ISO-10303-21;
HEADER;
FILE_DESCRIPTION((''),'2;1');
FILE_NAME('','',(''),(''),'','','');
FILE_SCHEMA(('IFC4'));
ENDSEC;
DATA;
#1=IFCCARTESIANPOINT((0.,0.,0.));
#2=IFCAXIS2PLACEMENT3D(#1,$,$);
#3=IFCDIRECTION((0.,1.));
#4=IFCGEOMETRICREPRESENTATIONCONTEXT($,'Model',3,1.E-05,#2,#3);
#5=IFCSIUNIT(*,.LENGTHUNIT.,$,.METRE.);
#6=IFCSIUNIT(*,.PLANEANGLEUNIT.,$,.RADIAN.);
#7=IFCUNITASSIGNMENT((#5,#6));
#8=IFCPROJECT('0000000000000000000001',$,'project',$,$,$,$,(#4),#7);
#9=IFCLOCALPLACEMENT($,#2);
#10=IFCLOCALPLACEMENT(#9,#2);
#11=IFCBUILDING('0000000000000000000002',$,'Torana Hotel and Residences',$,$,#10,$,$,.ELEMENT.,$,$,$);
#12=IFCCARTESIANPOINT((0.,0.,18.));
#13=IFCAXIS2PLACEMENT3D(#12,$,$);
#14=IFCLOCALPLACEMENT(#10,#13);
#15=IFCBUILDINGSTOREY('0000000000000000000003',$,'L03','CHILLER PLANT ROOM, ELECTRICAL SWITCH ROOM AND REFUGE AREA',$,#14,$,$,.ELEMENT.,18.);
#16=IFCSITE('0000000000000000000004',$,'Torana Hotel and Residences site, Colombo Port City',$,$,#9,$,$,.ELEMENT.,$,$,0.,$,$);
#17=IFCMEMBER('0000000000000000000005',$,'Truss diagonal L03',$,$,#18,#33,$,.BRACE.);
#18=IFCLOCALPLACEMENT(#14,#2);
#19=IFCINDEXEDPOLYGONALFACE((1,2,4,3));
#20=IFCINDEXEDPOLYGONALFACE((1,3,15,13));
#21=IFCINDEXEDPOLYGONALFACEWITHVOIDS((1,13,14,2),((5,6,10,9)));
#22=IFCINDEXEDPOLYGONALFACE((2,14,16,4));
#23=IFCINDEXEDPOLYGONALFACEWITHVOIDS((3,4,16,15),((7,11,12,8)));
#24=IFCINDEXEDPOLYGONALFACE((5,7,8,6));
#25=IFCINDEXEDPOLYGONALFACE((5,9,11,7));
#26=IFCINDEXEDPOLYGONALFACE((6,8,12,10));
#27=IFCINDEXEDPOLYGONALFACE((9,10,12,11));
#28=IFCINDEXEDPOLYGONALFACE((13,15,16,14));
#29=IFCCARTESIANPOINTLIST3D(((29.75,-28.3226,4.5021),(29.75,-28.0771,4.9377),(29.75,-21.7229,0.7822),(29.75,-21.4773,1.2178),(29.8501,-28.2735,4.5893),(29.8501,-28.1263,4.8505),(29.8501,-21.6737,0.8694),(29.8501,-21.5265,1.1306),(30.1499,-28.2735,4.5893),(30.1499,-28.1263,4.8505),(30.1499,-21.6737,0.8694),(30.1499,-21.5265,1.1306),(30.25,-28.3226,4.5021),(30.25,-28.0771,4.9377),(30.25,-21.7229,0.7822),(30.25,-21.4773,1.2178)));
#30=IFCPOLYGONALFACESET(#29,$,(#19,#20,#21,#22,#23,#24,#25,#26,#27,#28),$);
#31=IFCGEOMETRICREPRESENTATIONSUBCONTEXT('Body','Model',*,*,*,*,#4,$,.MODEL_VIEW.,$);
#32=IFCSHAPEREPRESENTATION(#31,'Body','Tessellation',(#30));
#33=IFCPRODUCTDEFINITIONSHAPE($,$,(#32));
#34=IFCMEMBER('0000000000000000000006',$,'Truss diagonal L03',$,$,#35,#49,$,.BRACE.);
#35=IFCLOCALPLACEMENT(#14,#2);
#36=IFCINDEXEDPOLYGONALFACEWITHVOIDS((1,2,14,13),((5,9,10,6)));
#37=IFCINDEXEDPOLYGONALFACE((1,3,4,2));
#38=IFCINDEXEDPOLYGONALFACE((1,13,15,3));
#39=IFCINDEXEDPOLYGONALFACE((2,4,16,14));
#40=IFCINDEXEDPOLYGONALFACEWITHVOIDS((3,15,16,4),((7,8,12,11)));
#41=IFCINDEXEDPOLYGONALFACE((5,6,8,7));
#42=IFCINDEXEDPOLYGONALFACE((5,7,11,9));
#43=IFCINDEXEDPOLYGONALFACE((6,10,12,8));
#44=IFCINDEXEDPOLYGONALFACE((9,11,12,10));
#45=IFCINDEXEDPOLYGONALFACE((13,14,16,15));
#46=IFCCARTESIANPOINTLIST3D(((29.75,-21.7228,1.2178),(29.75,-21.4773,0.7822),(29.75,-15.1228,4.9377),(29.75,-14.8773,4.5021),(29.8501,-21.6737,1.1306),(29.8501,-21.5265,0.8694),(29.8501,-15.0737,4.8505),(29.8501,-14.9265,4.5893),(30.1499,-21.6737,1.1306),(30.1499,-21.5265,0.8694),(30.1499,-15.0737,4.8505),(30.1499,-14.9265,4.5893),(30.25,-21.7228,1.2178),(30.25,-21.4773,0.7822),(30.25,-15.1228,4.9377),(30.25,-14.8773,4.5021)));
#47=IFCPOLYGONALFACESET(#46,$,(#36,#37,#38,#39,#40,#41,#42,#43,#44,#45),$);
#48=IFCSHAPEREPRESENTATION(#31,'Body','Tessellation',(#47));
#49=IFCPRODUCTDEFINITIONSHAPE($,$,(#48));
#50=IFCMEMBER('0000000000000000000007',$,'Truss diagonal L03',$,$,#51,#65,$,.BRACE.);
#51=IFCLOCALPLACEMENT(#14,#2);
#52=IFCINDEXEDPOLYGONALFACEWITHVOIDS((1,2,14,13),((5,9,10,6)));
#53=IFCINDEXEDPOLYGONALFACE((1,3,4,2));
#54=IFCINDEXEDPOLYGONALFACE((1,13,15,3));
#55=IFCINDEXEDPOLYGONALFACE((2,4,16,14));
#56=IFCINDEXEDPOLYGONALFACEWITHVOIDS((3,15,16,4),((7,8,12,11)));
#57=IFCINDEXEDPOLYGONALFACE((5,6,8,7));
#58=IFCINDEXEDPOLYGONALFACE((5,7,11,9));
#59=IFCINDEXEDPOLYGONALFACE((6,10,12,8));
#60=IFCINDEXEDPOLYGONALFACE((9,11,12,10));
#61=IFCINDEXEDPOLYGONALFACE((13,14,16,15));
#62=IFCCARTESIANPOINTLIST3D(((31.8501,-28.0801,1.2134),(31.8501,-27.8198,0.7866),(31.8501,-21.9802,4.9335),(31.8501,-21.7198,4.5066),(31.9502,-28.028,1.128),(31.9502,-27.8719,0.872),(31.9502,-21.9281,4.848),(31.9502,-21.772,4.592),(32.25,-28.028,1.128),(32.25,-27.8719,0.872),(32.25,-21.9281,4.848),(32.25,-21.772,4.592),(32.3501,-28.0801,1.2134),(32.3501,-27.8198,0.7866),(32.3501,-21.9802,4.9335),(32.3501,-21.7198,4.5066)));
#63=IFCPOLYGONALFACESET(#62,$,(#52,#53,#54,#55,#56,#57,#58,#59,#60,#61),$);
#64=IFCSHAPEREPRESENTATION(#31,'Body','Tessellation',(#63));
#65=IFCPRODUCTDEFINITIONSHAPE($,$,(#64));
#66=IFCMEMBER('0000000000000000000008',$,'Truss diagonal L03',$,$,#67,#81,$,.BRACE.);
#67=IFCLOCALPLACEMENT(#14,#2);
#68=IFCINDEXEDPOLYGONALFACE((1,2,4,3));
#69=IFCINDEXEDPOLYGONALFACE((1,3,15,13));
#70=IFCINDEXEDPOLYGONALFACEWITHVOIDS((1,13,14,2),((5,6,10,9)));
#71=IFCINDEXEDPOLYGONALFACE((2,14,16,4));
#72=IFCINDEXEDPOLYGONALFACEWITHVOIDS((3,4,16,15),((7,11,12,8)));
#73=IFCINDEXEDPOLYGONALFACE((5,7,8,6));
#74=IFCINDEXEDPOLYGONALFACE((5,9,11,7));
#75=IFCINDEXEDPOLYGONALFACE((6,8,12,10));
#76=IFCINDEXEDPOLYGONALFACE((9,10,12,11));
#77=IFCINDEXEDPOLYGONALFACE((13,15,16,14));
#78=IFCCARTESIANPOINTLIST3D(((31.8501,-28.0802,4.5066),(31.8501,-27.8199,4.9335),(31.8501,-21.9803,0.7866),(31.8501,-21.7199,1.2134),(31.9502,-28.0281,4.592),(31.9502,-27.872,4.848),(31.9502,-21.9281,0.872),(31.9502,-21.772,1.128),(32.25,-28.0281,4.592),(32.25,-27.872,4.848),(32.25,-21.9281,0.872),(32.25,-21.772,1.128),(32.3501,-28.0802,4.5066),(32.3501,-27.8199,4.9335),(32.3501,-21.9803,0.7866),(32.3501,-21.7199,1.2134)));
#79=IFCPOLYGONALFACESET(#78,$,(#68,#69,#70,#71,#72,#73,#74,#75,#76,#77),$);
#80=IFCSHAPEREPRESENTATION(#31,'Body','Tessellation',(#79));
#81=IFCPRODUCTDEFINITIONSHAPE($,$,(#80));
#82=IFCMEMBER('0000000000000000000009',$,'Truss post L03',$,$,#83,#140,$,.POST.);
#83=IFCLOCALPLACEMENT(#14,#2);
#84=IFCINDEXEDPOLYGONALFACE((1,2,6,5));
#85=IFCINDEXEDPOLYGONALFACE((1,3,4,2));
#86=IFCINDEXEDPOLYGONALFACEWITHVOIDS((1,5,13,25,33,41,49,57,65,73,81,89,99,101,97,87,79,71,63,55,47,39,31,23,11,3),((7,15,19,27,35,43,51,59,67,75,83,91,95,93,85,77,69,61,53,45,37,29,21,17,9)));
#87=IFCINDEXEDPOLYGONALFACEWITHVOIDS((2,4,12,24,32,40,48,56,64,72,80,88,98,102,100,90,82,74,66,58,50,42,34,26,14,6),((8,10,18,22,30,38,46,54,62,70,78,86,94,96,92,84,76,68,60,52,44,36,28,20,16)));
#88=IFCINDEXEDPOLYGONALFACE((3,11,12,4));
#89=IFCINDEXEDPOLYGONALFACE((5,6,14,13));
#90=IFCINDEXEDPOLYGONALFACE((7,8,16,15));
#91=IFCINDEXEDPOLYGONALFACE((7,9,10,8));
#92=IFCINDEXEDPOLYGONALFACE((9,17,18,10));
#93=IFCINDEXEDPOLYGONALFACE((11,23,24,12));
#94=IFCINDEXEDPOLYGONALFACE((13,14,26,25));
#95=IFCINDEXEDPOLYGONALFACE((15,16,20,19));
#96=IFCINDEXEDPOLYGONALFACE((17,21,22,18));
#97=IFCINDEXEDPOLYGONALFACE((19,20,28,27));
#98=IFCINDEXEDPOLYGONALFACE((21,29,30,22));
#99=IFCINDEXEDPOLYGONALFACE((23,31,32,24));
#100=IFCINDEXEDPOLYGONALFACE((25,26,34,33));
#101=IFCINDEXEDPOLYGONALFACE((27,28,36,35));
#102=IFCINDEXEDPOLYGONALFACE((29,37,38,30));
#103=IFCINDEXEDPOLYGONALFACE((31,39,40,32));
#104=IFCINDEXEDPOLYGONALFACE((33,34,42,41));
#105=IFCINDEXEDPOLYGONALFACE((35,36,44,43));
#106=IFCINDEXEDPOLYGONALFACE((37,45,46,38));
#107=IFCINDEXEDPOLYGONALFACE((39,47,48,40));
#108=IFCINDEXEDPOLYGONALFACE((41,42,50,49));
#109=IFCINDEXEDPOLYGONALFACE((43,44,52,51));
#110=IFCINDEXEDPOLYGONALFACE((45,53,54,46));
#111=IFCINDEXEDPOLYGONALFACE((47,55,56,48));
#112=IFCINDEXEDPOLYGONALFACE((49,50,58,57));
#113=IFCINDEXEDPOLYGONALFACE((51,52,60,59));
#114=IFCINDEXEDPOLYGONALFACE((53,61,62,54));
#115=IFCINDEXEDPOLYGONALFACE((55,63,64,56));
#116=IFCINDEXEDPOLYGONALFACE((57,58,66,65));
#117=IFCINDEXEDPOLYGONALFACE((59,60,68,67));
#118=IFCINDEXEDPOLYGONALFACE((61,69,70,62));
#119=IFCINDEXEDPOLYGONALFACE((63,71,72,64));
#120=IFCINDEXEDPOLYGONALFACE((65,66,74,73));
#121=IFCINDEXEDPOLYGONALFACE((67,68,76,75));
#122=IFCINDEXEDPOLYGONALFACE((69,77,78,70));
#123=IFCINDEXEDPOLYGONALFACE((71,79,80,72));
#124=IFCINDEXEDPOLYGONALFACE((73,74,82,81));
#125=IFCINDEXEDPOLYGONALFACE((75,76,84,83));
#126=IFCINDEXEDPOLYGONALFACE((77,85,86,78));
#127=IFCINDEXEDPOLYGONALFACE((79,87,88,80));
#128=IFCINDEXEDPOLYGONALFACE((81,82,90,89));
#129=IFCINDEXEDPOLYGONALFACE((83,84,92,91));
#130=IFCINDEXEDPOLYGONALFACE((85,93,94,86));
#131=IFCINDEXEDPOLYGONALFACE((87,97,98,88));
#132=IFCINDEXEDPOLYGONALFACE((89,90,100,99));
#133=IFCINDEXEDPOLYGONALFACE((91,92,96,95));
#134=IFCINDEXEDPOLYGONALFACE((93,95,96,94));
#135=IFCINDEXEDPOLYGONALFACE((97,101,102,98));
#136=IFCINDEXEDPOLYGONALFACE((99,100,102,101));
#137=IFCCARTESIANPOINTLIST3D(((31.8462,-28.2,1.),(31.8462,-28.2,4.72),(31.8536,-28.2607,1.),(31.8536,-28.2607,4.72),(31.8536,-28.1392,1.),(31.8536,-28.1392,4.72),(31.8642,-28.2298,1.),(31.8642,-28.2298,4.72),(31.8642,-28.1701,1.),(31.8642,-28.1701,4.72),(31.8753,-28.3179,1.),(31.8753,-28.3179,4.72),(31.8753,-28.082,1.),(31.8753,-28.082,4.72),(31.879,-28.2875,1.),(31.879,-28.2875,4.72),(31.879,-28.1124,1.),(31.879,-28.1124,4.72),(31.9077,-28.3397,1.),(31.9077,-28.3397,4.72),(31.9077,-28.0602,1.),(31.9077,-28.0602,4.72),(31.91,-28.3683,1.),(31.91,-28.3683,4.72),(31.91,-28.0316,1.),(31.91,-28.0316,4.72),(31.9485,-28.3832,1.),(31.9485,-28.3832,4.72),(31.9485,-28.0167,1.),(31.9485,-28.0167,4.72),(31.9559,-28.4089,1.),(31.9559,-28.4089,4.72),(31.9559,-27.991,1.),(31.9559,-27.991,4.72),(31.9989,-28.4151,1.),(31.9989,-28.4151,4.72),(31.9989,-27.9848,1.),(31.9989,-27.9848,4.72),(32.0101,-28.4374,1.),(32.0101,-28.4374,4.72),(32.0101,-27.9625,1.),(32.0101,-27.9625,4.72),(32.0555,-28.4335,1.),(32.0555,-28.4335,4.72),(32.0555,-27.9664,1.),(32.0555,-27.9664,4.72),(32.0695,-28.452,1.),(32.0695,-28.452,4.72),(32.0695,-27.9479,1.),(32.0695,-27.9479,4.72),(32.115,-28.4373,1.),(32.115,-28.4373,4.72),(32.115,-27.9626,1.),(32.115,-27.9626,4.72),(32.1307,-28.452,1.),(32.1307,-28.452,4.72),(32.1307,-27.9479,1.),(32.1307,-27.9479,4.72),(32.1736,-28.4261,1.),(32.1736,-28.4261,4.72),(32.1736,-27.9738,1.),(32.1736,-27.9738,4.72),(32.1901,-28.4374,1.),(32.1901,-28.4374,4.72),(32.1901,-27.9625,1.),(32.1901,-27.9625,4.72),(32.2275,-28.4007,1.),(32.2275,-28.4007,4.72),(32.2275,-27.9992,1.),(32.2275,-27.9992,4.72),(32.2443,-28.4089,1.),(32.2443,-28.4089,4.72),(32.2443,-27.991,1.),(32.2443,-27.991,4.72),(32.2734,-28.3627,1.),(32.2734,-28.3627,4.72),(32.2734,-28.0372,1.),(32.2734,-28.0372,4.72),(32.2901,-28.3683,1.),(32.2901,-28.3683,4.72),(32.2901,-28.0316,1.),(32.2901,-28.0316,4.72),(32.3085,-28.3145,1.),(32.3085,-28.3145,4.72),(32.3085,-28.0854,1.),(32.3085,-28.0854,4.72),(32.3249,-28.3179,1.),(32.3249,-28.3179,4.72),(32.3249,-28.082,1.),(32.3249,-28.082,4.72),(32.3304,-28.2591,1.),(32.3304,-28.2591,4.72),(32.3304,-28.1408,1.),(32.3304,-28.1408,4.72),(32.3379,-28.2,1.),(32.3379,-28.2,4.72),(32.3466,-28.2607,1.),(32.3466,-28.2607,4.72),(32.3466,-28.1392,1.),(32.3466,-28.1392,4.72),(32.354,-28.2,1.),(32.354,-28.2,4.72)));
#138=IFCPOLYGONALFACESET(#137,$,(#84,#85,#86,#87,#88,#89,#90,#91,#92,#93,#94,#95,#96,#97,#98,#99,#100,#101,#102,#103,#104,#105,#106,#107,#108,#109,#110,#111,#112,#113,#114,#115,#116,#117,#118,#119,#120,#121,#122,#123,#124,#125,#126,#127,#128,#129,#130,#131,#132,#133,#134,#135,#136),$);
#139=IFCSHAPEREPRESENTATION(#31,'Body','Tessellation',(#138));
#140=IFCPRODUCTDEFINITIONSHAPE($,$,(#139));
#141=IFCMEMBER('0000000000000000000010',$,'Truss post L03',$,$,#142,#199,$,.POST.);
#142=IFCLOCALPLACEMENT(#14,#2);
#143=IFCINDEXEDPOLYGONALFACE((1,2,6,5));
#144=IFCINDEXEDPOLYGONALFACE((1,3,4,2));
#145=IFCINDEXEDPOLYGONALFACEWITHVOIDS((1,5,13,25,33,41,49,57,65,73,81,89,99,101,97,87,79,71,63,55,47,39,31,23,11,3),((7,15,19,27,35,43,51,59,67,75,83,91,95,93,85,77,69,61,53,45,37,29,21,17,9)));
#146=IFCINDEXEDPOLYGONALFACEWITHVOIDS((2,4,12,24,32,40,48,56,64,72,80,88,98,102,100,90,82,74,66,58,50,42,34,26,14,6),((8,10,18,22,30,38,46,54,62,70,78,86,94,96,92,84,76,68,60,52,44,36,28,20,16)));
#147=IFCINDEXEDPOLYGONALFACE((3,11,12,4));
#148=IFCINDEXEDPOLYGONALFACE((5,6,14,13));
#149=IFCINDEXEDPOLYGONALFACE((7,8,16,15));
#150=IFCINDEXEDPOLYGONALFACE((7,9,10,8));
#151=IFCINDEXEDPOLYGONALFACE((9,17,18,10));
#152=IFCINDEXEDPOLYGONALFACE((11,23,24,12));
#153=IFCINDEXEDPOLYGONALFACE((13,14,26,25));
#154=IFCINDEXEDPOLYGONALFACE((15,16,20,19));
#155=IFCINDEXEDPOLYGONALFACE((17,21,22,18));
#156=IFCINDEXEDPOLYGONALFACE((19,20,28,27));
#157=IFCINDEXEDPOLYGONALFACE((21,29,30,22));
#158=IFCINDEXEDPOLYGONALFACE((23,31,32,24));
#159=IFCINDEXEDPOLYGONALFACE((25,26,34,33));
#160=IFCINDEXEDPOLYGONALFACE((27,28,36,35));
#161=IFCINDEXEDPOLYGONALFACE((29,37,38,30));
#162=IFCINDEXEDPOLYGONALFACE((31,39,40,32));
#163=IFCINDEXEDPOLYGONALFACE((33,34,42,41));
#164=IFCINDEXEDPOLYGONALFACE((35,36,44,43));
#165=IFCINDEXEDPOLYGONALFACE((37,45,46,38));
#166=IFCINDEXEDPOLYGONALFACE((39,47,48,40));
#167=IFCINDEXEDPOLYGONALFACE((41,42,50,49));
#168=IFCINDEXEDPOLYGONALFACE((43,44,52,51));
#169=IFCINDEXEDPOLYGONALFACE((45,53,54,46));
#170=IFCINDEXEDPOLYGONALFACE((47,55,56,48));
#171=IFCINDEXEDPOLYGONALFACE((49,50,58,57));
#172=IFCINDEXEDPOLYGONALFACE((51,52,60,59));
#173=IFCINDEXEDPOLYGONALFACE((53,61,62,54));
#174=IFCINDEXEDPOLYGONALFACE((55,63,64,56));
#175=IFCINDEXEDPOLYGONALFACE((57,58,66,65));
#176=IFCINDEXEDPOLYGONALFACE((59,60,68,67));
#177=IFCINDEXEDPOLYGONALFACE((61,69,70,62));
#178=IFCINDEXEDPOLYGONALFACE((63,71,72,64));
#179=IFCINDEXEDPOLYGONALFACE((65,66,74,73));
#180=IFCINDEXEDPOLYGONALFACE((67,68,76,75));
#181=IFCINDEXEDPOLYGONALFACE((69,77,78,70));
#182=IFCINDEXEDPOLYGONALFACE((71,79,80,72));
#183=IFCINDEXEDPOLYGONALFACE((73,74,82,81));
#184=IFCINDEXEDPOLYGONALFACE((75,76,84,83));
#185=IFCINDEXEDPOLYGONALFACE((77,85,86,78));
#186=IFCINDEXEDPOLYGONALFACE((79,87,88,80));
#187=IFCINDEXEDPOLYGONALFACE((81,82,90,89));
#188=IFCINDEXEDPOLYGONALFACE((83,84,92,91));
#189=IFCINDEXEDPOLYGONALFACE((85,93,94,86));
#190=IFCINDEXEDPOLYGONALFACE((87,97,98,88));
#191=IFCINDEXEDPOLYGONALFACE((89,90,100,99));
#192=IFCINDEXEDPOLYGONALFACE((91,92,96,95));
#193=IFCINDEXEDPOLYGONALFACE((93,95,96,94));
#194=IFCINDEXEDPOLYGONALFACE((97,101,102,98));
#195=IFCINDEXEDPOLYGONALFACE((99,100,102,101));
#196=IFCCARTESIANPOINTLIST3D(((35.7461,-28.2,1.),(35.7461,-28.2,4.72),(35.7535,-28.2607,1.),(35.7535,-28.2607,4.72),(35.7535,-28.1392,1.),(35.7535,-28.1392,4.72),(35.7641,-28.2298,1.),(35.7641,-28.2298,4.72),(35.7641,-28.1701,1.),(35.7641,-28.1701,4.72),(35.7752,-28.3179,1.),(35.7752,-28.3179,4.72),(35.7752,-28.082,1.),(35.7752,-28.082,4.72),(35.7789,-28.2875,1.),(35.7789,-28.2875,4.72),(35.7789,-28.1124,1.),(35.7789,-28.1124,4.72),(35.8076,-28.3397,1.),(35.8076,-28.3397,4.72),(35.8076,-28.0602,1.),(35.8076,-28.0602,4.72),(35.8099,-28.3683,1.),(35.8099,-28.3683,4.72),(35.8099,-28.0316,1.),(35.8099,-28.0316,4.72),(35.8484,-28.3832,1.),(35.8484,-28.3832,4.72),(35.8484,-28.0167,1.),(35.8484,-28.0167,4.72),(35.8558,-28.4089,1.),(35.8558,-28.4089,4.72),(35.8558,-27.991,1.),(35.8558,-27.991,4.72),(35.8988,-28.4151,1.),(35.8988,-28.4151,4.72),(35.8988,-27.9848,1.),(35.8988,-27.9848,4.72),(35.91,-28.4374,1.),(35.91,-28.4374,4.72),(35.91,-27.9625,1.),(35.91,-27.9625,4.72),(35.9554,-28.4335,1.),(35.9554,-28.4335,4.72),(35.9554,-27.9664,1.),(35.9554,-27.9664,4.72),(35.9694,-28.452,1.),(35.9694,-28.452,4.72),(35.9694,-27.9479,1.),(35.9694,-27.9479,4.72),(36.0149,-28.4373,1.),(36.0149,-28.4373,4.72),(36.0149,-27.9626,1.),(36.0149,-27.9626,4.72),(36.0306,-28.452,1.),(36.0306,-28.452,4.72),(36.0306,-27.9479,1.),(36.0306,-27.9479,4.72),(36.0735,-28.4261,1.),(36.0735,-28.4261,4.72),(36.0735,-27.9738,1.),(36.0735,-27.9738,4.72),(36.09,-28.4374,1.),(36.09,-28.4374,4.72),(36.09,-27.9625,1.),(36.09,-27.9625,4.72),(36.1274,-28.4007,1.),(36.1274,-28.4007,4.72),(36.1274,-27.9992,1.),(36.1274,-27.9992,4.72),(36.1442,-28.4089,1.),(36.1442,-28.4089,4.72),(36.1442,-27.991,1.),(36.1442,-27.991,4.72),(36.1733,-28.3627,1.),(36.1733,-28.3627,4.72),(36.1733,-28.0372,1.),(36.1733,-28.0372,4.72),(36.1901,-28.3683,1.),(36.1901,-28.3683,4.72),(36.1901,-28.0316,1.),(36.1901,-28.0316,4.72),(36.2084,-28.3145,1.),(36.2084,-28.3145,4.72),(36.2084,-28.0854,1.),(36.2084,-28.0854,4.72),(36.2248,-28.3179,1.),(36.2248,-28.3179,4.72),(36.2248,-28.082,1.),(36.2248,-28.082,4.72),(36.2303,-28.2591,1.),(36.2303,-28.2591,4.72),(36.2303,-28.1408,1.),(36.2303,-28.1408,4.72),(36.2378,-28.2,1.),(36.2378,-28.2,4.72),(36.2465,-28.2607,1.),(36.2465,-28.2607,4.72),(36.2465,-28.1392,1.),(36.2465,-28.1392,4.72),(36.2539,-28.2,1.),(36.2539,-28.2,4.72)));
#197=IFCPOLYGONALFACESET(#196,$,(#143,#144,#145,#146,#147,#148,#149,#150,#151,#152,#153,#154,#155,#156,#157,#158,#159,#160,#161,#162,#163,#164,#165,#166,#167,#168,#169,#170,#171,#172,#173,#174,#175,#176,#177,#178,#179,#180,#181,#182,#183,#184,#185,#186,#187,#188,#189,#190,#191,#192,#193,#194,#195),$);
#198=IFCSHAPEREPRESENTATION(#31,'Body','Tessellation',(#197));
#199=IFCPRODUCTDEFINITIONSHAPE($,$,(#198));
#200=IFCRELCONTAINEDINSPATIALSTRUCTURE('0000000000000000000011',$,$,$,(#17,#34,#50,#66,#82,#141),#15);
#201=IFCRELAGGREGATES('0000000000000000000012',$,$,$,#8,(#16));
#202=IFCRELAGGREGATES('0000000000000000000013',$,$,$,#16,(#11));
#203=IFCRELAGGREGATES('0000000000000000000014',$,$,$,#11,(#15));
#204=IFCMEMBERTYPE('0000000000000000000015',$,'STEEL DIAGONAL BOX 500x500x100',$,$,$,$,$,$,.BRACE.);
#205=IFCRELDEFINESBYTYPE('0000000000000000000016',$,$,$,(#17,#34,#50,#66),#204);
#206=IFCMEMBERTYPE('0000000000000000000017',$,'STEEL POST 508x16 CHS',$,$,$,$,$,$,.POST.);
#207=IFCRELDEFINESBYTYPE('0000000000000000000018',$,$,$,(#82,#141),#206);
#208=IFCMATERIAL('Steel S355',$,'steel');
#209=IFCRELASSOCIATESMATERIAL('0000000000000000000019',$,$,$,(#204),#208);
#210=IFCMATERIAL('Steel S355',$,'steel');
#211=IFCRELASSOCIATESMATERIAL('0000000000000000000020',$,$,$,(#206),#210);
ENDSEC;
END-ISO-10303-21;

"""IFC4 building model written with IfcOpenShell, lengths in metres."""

from ifc_helpers import new_model, si_unit, direction, frame, origin, origin_2d, place, context, subcontext, project, spatial, hollow_rectangle, hollow_circle, extrude, material, material_profile, profile_set, type_object, element, save


model = new_model("IFC4")

# Units and contexts
model_context = context("Model", 3, precision=1e-05, world=origin(), true_north=direction((0.0, 1.0)))
body_context = subcontext(model_context, "Body", "Model", "MODEL_VIEW")
ifc_project = project(units=[si_unit("LENGTHUNIT", "METRE"), si_unit("PLANEANGLEUNIT", "RADIAN")], contexts=[model_context])

# Site, building, storey
site_placement = place(None, origin())
site = spatial("IfcSite", under=ifc_project, at=site_placement, Name="Torana Hotel and Residences site, Colombo Port City", CompositionType="ELEMENT", RefElevation=0.0)
building_placement = place(site_placement, origin())
building = spatial("IfcBuilding", under=site, at=building_placement, Name="Torana Hotel and Residences", CompositionType="ELEMENT")
storey_placement = place(building_placement, frame((0.0, 0.0, 18.0)))
storey = spatial("IfcBuildingStorey", under=building, at=storey_placement, Name="L03", Description="CHILLER PLANT ROOM, ELECTRICAL SWITCH ROOM AND REFUGE AREA", CompositionType="ELEMENT", Elevation=18.0)

# Members
ifc_material_1 = material(Name="Steel S355", Category="steel")
ifc_material_profile_1 = material_profile(ifc_material_1, hollow_rectangle(XDim=0.5, YDim=0.5, WallThickness=0.1001, at=origin_2d()), Name="BOX 500x500x100")
ifc_profile_set_1 = profile_set([ifc_material_profile_1], Name="Steel S355")
member_type_1 = type_object("IfcMemberType", Name="STEEL DIAGONAL BOX 500x500x100", PredefinedType="BRACE", material=ifc_profile_set_1)
member_1_placement = place(storey_placement, frame((30.0, -21.6001, 1.0), z_axis=(0.0, -0.871149, 0.491018), x_axis=(1.0, 0.0, 0.0)))
element("IfcMember", 1, at=member_1_placement, inside=storey, type_object=member_type_1, Name="Truss diagonal L03", PredefinedType="BRACE", context=body_context, shape_type="SweptSolid", body=[
    extrude(hollow_rectangle(XDim=0.5, YDim=0.5, WallThickness=0.1001, at=origin_2d()), origin(), (0.0, 0.0, 1.0), 7.5759),
])
member_2_placement = place(storey_placement, frame((30.0, -21.6001, 1.0), z_axis=(0.0, 0.871157, 0.491005), x_axis=(-1.0, 0.0, 0.0)))
element("IfcMember", 2, at=member_2_placement, inside=storey, type_object=member_type_1, Name="Truss diagonal L03", PredefinedType="BRACE", context=body_context, shape_type="SweptSolid", body=[
    extrude(hollow_rectangle(XDim=0.5, YDim=0.5, WallThickness=0.1001, at=origin_2d()), origin(), (0.0, 0.0, 1.0), 7.5762),
])
for number, where, z_axis, x_axis, name in (
    (3, (32.1001, -27.95, 1.0), (0.0, 0.853762, 0.520663), (-1.0, 0.0, 0.0), "Truss diagonal L03"),
    (4, (32.1001, -21.8501, 1.0), (0.0, -0.853762, 0.520663), (1.0, 0.0, 0.0), "Truss diagonal L03"),
):
    element("IfcMember", number, at=place(storey_placement, frame(where, z_axis=z_axis, x_axis=x_axis)), inside=storey, type_object=member_type_1, Name=name, PredefinedType="BRACE", context=body_context, shape_type="SweptSolid", body=[
        extrude(hollow_rectangle(XDim=0.5, YDim=0.5, WallThickness=0.1001, at=origin_2d()), origin(), (0.0, 0.0, 1.0), 7.1448),
    ])
ifc_material_2 = material(Name="Steel S355", Category="steel")
ifc_material_profile_2 = material_profile(ifc_material_2, hollow_circle(Radius=0.2539, WallThickness=0.0161, at=origin_2d()), Name="508x16 CHS")
ifc_profile_set_2 = profile_set([ifc_material_profile_2], Name="Steel S355")
member_type_2 = type_object("IfcMemberType", Name="STEEL POST 508x16 CHS", PredefinedType="POST", material=ifc_profile_set_2)
for number, where, z_axis, x_axis, name in (
    (5, (32.1001, -28.2, 1.0), (0.0, 0.0, 1.0), (1.0, 0.0, 0.0), "Truss post L03"),
    (6, (36.0, -28.2, 1.0), (0.0, 0.0, 1.0), (1.0, 0.0, 0.0), "Truss post L03"),
):
    element("IfcMember", number, at=place(storey_placement, frame(where, z_axis=z_axis, x_axis=x_axis)), inside=storey, type_object=member_type_2, Name=name, PredefinedType="POST", context=body_context, shape_type="SweptSolid", body=[
        extrude(hollow_circle(Radius=0.2539, WallThickness=0.0161, at=origin_2d()), origin(), (0.0, 0.0, 1.0), 3.72),
    ])

save(model, "model.ifc")
